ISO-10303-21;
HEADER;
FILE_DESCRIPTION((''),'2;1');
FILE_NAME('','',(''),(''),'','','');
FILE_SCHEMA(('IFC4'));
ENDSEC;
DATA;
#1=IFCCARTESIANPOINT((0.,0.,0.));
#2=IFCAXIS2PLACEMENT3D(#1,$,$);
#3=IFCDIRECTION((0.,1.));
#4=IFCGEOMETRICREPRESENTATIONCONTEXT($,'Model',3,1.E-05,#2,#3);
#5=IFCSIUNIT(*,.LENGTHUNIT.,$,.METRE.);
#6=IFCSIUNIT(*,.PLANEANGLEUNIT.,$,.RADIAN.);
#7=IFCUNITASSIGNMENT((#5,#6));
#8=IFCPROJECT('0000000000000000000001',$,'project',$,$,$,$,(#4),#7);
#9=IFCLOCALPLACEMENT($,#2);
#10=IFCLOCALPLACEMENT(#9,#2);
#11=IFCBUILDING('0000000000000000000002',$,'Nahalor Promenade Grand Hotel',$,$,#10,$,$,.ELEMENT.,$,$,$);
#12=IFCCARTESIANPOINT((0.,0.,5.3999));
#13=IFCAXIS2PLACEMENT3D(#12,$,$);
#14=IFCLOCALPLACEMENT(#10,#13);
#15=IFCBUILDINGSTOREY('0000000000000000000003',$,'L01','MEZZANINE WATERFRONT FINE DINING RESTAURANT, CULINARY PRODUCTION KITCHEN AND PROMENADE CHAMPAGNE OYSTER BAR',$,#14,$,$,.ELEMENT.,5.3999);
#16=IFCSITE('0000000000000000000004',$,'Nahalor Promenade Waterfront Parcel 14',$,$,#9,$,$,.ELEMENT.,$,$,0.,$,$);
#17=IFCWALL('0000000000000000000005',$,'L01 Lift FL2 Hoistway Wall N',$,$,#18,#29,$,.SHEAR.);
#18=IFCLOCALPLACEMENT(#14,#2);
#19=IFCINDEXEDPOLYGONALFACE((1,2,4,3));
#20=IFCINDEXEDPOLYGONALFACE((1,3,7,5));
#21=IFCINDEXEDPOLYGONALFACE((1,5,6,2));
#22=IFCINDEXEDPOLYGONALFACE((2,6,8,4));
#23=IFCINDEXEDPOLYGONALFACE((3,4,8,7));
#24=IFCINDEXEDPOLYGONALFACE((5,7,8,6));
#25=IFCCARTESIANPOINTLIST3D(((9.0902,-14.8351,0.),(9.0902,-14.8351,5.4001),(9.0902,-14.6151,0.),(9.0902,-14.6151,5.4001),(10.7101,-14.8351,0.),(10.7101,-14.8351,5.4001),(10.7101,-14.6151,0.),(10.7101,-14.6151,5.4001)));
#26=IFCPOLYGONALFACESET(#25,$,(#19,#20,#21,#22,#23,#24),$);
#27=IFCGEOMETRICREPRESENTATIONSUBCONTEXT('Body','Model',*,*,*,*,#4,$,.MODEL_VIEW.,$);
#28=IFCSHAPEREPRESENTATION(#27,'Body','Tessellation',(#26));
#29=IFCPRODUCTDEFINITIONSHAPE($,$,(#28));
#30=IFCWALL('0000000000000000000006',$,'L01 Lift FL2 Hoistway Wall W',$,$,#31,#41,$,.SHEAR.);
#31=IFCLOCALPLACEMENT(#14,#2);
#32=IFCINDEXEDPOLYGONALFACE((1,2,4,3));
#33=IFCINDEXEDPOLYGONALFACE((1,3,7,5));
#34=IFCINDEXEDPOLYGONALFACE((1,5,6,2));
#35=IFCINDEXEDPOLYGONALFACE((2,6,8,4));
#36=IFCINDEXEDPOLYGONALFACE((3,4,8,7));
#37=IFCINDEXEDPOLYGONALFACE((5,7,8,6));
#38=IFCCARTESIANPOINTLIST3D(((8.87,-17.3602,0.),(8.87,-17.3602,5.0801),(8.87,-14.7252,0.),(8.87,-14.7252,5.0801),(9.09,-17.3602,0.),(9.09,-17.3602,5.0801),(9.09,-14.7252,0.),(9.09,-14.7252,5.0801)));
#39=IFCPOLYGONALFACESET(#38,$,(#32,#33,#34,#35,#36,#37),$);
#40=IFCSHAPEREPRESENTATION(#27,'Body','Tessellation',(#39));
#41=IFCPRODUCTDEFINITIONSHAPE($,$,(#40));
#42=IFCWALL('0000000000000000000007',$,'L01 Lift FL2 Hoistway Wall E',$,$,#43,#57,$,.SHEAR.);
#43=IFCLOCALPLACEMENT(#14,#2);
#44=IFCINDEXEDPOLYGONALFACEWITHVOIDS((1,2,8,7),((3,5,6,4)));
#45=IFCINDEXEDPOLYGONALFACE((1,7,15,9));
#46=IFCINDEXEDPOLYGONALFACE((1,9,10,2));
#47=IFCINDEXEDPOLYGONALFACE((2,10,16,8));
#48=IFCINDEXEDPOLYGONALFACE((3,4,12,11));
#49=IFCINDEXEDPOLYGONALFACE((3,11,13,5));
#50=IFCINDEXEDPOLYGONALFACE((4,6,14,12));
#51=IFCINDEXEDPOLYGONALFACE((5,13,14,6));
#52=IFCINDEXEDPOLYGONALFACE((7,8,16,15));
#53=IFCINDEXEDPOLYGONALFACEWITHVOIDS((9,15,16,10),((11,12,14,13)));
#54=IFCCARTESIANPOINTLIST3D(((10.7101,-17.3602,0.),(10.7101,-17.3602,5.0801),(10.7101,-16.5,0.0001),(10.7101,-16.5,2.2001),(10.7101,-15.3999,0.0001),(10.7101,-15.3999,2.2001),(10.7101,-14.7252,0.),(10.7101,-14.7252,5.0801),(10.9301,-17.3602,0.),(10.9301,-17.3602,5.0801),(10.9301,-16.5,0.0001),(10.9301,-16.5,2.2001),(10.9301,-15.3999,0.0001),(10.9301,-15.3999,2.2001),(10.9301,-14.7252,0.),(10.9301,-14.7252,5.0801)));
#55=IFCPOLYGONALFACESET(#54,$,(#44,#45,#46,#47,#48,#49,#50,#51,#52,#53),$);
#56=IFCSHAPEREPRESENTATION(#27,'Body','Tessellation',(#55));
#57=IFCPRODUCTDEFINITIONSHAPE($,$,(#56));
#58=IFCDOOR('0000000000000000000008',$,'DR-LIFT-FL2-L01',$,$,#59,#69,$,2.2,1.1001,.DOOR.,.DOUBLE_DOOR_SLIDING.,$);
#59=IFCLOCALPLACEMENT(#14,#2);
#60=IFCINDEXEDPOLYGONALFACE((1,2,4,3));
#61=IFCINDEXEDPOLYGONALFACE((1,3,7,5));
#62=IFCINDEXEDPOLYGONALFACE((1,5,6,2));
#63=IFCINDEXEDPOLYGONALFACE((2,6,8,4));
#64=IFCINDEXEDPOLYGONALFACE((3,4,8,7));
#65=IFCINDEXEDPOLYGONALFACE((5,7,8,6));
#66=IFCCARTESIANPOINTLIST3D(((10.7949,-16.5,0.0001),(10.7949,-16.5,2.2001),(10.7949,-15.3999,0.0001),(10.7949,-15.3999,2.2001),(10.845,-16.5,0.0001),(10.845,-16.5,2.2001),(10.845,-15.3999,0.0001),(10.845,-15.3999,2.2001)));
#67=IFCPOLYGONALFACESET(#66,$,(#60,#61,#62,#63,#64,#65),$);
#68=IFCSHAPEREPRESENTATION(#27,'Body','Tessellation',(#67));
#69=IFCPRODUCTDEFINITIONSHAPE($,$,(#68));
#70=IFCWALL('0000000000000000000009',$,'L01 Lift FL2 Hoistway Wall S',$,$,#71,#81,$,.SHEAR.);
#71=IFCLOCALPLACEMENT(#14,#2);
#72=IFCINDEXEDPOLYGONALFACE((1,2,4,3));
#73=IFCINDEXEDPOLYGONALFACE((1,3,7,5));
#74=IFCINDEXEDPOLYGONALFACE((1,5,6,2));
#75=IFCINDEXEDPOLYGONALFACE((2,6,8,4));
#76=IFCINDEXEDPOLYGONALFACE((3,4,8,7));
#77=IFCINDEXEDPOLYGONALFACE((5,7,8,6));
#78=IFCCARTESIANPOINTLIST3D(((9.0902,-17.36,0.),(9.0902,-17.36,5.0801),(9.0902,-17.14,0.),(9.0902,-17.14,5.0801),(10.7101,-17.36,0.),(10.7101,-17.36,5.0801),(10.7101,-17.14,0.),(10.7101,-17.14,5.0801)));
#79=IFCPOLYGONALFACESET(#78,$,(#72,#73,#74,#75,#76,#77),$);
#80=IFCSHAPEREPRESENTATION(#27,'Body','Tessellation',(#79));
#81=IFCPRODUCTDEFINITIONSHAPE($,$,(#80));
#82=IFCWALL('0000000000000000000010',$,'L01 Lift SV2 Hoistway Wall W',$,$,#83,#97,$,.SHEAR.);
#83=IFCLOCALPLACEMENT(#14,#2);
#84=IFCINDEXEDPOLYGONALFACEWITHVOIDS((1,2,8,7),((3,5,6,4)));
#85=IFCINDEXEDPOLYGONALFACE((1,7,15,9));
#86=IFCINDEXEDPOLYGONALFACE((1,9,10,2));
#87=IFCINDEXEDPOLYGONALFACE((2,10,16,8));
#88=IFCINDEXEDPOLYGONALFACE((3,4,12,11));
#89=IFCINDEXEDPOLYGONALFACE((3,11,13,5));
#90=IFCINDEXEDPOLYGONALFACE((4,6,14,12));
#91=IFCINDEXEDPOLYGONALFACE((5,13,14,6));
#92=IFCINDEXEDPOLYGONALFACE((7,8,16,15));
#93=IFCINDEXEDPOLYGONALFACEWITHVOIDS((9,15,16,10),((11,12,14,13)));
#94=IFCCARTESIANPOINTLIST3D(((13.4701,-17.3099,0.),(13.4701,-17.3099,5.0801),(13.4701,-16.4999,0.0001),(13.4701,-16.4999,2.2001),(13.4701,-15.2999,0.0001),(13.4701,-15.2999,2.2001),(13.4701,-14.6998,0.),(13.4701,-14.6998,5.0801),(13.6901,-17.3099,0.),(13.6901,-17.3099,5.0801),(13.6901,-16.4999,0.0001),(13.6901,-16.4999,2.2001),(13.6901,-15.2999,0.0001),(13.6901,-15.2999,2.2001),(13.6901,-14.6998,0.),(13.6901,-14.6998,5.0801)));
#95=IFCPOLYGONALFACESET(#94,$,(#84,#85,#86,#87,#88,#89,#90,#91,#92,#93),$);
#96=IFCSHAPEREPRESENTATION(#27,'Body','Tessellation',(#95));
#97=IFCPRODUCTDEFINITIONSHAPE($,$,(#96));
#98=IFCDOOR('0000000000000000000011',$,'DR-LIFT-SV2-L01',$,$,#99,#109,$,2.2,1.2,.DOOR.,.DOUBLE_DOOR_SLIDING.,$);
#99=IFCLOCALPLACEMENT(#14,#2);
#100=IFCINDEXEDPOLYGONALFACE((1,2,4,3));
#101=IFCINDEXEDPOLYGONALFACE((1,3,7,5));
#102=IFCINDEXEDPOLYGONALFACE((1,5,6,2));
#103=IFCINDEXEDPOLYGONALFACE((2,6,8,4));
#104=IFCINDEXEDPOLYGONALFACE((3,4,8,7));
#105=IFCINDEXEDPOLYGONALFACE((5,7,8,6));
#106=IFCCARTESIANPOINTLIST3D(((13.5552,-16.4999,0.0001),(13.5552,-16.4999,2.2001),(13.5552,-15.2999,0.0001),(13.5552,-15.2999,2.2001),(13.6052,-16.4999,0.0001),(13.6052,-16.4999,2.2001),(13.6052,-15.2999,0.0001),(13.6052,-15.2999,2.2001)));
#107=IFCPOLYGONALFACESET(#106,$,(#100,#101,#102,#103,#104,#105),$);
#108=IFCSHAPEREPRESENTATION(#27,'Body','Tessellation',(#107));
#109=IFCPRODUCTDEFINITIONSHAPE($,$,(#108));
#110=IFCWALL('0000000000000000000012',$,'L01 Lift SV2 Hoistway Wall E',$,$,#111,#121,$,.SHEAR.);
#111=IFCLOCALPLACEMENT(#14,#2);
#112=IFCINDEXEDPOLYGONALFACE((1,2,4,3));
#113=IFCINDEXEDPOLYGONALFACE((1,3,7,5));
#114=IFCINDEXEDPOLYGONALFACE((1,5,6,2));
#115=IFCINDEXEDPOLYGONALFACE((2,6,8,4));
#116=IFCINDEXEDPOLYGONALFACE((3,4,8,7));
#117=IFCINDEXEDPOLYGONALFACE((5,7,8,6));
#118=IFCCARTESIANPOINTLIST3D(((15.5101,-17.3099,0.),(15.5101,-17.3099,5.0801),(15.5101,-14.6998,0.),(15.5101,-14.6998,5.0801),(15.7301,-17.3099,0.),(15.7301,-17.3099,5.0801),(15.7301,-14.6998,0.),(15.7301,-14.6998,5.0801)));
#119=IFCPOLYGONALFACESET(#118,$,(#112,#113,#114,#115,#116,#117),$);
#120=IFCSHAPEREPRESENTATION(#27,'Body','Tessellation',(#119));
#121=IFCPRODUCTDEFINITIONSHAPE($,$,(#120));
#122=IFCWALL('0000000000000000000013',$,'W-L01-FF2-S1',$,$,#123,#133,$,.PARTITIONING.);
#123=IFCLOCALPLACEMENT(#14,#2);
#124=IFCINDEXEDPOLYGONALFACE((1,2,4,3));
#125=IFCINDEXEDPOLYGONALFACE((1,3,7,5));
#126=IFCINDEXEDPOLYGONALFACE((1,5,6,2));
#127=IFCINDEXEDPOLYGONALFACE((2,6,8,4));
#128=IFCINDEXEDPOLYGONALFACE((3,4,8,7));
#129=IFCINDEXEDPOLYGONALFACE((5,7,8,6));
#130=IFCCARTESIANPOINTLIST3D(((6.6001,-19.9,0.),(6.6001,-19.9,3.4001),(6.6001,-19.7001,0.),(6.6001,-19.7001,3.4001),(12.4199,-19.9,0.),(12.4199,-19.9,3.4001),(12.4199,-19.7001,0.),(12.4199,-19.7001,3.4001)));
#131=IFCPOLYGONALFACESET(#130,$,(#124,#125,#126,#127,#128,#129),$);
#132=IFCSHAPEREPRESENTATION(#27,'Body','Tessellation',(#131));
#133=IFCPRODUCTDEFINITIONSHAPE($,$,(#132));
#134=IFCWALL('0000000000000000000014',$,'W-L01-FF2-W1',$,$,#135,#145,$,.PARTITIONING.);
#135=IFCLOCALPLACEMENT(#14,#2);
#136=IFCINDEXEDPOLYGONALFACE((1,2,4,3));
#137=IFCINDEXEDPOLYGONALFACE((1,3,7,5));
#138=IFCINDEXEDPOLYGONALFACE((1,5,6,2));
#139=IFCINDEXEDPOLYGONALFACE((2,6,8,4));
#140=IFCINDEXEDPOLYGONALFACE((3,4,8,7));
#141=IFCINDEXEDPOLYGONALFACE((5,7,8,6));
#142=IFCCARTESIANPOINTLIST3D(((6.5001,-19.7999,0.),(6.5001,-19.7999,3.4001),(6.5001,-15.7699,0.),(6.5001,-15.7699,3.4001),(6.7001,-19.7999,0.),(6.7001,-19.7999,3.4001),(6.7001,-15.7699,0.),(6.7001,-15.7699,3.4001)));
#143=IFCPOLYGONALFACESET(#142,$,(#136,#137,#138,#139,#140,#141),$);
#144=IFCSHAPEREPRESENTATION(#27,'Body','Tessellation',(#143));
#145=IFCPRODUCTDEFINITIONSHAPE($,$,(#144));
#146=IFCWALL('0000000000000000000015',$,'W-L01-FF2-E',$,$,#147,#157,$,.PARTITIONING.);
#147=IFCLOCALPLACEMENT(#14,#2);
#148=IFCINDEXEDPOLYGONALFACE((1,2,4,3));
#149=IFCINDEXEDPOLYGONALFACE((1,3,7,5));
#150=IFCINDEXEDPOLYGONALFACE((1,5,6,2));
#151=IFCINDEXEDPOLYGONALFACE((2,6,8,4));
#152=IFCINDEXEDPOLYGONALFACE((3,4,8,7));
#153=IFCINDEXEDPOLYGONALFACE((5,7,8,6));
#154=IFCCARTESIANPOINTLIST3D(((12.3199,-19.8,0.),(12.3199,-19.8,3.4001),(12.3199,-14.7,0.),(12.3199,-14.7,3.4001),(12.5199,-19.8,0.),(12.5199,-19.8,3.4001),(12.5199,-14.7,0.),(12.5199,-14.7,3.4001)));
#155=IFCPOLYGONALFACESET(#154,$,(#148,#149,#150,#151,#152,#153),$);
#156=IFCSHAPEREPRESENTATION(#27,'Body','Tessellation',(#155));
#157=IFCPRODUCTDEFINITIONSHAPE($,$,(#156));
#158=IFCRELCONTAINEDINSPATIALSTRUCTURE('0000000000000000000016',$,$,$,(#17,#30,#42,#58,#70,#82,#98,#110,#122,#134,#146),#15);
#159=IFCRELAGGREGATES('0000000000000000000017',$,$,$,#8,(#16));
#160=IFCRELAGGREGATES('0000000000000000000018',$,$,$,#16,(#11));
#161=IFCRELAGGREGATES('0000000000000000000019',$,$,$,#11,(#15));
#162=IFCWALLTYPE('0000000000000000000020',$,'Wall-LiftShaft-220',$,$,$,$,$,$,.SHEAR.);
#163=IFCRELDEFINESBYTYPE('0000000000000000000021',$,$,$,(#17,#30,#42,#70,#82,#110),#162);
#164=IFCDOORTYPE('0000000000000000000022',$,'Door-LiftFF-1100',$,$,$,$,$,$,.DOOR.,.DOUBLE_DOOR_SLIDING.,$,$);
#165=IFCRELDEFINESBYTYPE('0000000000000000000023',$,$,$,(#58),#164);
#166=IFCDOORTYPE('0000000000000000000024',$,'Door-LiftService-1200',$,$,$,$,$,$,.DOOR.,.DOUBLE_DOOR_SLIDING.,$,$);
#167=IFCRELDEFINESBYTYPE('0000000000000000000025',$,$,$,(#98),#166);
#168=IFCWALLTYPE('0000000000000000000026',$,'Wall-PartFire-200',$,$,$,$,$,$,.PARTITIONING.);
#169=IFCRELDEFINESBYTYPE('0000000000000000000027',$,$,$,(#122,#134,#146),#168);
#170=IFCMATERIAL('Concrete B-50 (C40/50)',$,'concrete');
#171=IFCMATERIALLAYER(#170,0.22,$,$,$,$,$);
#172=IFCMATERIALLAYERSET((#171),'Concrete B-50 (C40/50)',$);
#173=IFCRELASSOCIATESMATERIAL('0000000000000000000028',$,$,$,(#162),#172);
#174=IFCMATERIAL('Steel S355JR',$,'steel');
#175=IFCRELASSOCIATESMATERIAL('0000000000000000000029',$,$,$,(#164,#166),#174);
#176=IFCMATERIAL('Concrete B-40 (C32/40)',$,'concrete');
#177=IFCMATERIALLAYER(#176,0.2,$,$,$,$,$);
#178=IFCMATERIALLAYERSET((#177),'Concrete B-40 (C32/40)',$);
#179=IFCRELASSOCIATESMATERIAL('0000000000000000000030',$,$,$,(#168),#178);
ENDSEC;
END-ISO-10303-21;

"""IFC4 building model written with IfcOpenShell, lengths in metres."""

from ifc_helpers import new_model, si_unit, direction, frame, frame_2d, origin, place, context, subcontext, project, spatial, rectangle, extrude, source, transform, mapped, material, layer, layer_set, type_object, element, fill, save


model = new_model("IFC4")

# Units and contexts
model_context = context("Model", 3, precision=1e-05, world=origin(), true_north=direction((0.0, 1.0)))
body_context = subcontext(model_context, "Body", "Model", "MODEL_VIEW")
ifc_project = project(units=[si_unit("LENGTHUNIT", "METRE"), si_unit("PLANEANGLEUNIT", "RADIAN")], contexts=[model_context])

# Site, building, storey
site_placement = place(None, origin())
site = spatial("IfcSite", under=ifc_project, at=site_placement, Name="Nahalor Promenade Waterfront Parcel 14", CompositionType="ELEMENT", RefElevation=0.0)
building_placement = place(site_placement, origin())
building = spatial("IfcBuilding", under=site, at=building_placement, Name="Nahalor Promenade Grand Hotel", CompositionType="ELEMENT")
storey_placement = place(building_placement, frame((0.0, 0.0, 5.3999)))
storey = spatial("IfcBuildingStorey", under=building, at=storey_placement, Name="L01", Description="MEZZANINE WATERFRONT FINE DINING RESTAURANT, CULINARY PRODUCTION KITCHEN AND PROMENADE CHAMPAGNE OYSTER BAR", CompositionType="ELEMENT", Elevation=5.3999)

# Shared definitions
ifc_material_1 = material(Name="Steel S355JR", Category="steel")

# Shared definitions
ifc_material_2 = material(Name="Concrete B-50 (C40/50)", Category="concrete")

# Walls
ifc_layer_1 = layer(ifc_material_2, 0.22)
ifc_layer_set_1 = layer_set([ifc_layer_1], Name="Concrete B-50 (C40/50)")
wall_type_1 = type_object("IfcWallType", Name="Wall-LiftShaft-220", PredefinedType="SHEAR", material=ifc_layer_set_1)
shared_shape_1 = source(origin(), body_context, "Body", "SweptSolid", [
    extrude(rectangle(XDim=1.6199, YDim=0.22, at=frame_2d((0.8101, 0.0))), origin(), (0.0, 0.0, 1.0), 5.4001),
])
wall_1_placement = place(storey_placement, frame((9.0901, -14.7251, 0.0), z_axis=(0.0, 0.0, 1.0), x_axis=(1.0, 0.0, 0.0)))
element("IfcWall", 1, at=wall_1_placement, inside=storey, type_object=wall_type_1, Name="L01 Lift FL2 Hoistway Wall N", PredefinedType="SHEAR", context=body_context, shape_type="MappedRepresentation", body=[
    mapped(shared_shape_1, transform((0.0, 0.0, 0.0), scale=1.0)),
])
shared_shape_2 = source(origin(), body_context, "Body", "SweptSolid", [
    extrude(rectangle(XDim=2.635, YDim=0.22, at=frame_2d((1.3174, 0.0))), origin(), (0.0, 0.0, 1.0), 5.0801),
])
wall_2_placement = place(storey_placement, frame((8.98, -17.3601, 0.0), z_axis=(0.0, 0.0, 1.0), x_axis=(0.0, 1.0, 0.0)))
element("IfcWall", 2, at=wall_2_placement, inside=storey, type_object=wall_type_1, Name="L01 Lift FL2 Hoistway Wall W", PredefinedType="SHEAR", context=body_context, shape_type="MappedRepresentation", body=[
    mapped(shared_shape_2, transform((0.0, 0.0, 0.0), scale=1.0)),
])

# Wall, opening, door
wall_3_placement = place(storey_placement, frame((10.8201, -17.3601, 0.0), z_axis=(0.0, 0.0, 1.0), x_axis=(0.0, 1.0, 0.0)))
wall_3 = element("IfcWall", 3, at=wall_3_placement, inside=storey, type_object=wall_type_1, Name="L01 Lift FL2 Hoistway Wall E", PredefinedType="SHEAR", context=body_context, shape_type="MappedRepresentation", body=[
    mapped(shared_shape_2, transform((0.0, 0.0, 0.0), scale=1.0)),
])
opening_1_placement = place(wall_3_placement, frame((0.8601, 0.0, 0.0)))
opening_1 = element("IfcOpeningElement", 4, at=opening_1_placement, cuts=wall_3, PredefinedType="OPENING", context=body_context, shape_type="SweptSolid", body=[
    extrude(rectangle(XDim=1.1001, YDim=2.2, at=frame_2d((0.55, 1.1001))), frame((0.0, 0.1199, 0.0), z_axis=(0.0, -1.0, 0.0), x_axis=(1.0, 0.0, 0.0)), (0.0, 0.0, 1.0), 0.24),
])
door_type_1 = type_object("IfcDoorType", Name="Door-LiftFF-1100", OperationType="DOUBLE_DOOR_SLIDING", PredefinedType="DOOR", material=ifc_material_1)
shared_shape_3 = source(origin(), body_context, "Body", "SweptSolid", [
    extrude(rectangle(XDim=1.1001, YDim=2.2, at=frame_2d((0.55, 1.1001))), frame((0.0, 0.0249, 0.0), z_axis=(0.0, -1.0, 0.0), x_axis=(1.0, 0.0, 0.0)), (0.0, 0.0, 1.0), 0.05),
])
door_1_placement = place(opening_1_placement, frame((1.1001, 0.0, 0.0), z_axis=(0.0, 0.0, 1.0), x_axis=(-1.0, 0.0, 0.0)))
door_1 = element("IfcDoor", 5, at=door_1_placement, inside=storey, type_object=door_type_1, Name="DR-LIFT-FL2-L01", OperationType="DOUBLE_DOOR_SLIDING", OverallHeight=2.2, OverallWidth=1.1001, PredefinedType="DOOR", context=body_context, shape_type="MappedRepresentation", body=[
    mapped(shared_shape_3, transform((0.0, 0.0, 0.0), scale=1.0)),
])
fill(opening_1, door_1)

# Wall
shared_shape_4 = source(origin(), body_context, "Body", "SweptSolid", [
    extrude(rectangle(XDim=1.6199, YDim=0.22, at=frame_2d((0.8101, 0.0))), origin(), (0.0, 0.0, 1.0), 5.0801),
])
wall_4_placement = place(storey_placement, frame((9.0901, -17.25, 0.0), z_axis=(0.0, 0.0, 1.0), x_axis=(1.0, 0.0, 0.0)))
element("IfcWall", 6, at=wall_4_placement, inside=storey, type_object=wall_type_1, Name="L01 Lift FL2 Hoistway Wall S", PredefinedType="SHEAR", context=body_context, shape_type="MappedRepresentation", body=[
    mapped(shared_shape_4, transform((0.0, 0.0, 0.0), scale=1.0)),
])

# Wall, opening, door
shared_shape_5 = source(origin(), body_context, "Body", "SweptSolid", [
    extrude(rectangle(XDim=2.6101, YDim=0.22, at=frame_2d((1.3052, 0.0))), origin(), (0.0, 0.0, 1.0), 5.0801),
])
wall_5_placement = place(storey_placement, frame((13.5801, -17.3101, 0.0), z_axis=(0.0, 0.0, 1.0), x_axis=(0.0, 1.0, 0.0)))
wall_5 = element("IfcWall", 7, at=wall_5_placement, inside=storey, type_object=wall_type_1, Name="L01 Lift SV2 Hoistway Wall W", PredefinedType="SHEAR", context=body_context, shape_type="MappedRepresentation", body=[
    mapped(shared_shape_5, transform((0.0, 0.0, 0.0), scale=1.0)),
])
opening_2_placement = place(wall_5_placement, frame((0.8101, 0.0, 0.0)))
opening_2 = element("IfcOpeningElement", 8, at=opening_2_placement, cuts=wall_5, PredefinedType="OPENING", context=body_context, shape_type="SweptSolid", body=[
    extrude(rectangle(XDim=1.2, YDim=2.2, at=frame_2d((0.6001, 1.1001))), frame((0.0, 0.1199, 0.0), z_axis=(0.0, -1.0, 0.0), x_axis=(1.0, 0.0, 0.0)), (0.0, 0.0, 1.0), 0.24),
])
door_type_2 = type_object("IfcDoorType", Name="Door-LiftService-1200", OperationType="DOUBLE_DOOR_SLIDING", PredefinedType="DOOR", material=ifc_material_1)
shared_shape_6 = source(origin(), body_context, "Body", "SweptSolid", [
    extrude(rectangle(XDim=1.2, YDim=2.2, at=frame_2d((0.6001, 1.1001))), frame((0.0, 0.0249, 0.0), z_axis=(0.0, -1.0, 0.0), x_axis=(1.0, 0.0, 0.0)), (0.0, 0.0, 1.0), 0.05),
])
door_2_placement = place(opening_2_placement, origin())
door_2 = element("IfcDoor", 9, at=door_2_placement, inside=storey, type_object=door_type_2, Name="DR-LIFT-SV2-L01", OperationType="DOUBLE_DOOR_SLIDING", OverallHeight=2.2, OverallWidth=1.2, PredefinedType="DOOR", context=body_context, shape_type="MappedRepresentation", body=[
    mapped(shared_shape_6, transform((0.0, 0.0, 0.0), scale=1.0)),
])
fill(opening_2, door_2)

# Walls
wall_6_placement = place(storey_placement, frame((15.6201, -17.3101, 0.0), z_axis=(0.0, 0.0, 1.0), x_axis=(0.0, 1.0, 0.0)))
element("IfcWall", 10, at=wall_6_placement, inside=storey, type_object=wall_type_1, Name="L01 Lift SV2 Hoistway Wall E", PredefinedType="SHEAR", context=body_context, shape_type="MappedRepresentation", body=[
    mapped(shared_shape_5, transform((0.0, 0.0, 0.0), scale=1.0)),
])
ifc_material_3 = material(Name="Concrete B-40 (C32/40)", Category="concrete")
ifc_layer_2 = layer(ifc_material_3, 0.2)
ifc_layer_set_2 = layer_set([ifc_layer_2], Name="Concrete B-40 (C32/40)")
wall_type_2 = type_object("IfcWallType", Name="Wall-PartFire-200", PredefinedType="PARTITIONING", material=ifc_layer_set_2)
shared_shape_7 = source(origin(), body_context, "Body", "SweptSolid", [
    extrude(rectangle(XDim=5.8198, YDim=0.2, at=frame_2d((2.9099, 0.0))), origin(), (0.0, 0.0, 1.0), 3.4001),
])
wall_7_placement = place(storey_placement, frame((6.6001, -19.8, 0.0), z_axis=(0.0, 0.0, 1.0), x_axis=(1.0, 0.0, 0.0)))
element("IfcWall", 11, at=wall_7_placement, inside=storey, type_object=wall_type_2, Name="W-L01-FF2-S1", PredefinedType="PARTITIONING", context=body_context, shape_type="MappedRepresentation", body=[
    mapped(shared_shape_7, transform((0.0, 0.0, 0.0), scale=1.0)),
])
shared_shape_8 = source(origin(), body_context, "Body", "SweptSolid", [
    extrude(rectangle(XDim=4.03, YDim=0.2, at=frame_2d((2.0151, 0.0))), origin(), (0.0, 0.0, 1.0), 3.4001),
])
wall_8_placement = place(storey_placement, frame((6.6001, -19.8, 0.0), z_axis=(0.0, 0.0, 1.0), x_axis=(0.0, 1.0, 0.0)))
element("IfcWall", 12, at=wall_8_placement, inside=storey, type_object=wall_type_2, Name="W-L01-FF2-W1", PredefinedType="PARTITIONING", context=body_context, shape_type="MappedRepresentation", body=[
    mapped(shared_shape_8, transform((0.0, 0.0, 0.0), scale=1.0)),
])
shared_shape_9 = source(origin(), body_context, "Body", "SweptSolid", [
    extrude(rectangle(XDim=5.1001, YDim=0.2, at=frame_2d((2.55, 0.0))), origin(), (0.0, 0.0, 1.0), 3.4001),
])
wall_9_placement = place(storey_placement, frame((12.4199, -19.8, 0.0), z_axis=(0.0, 0.0, 1.0), x_axis=(0.0, 1.0, 0.0)))
element("IfcWall", 13, at=wall_9_placement, inside=storey, type_object=wall_type_2, Name="W-L01-FF2-E", PredefinedType="PARTITIONING", context=body_context, shape_type="MappedRepresentation", body=[
    mapped(shared_shape_9, transform((0.0, 0.0, 0.0), scale=1.0)),
])

save(model, "model.ifc")
